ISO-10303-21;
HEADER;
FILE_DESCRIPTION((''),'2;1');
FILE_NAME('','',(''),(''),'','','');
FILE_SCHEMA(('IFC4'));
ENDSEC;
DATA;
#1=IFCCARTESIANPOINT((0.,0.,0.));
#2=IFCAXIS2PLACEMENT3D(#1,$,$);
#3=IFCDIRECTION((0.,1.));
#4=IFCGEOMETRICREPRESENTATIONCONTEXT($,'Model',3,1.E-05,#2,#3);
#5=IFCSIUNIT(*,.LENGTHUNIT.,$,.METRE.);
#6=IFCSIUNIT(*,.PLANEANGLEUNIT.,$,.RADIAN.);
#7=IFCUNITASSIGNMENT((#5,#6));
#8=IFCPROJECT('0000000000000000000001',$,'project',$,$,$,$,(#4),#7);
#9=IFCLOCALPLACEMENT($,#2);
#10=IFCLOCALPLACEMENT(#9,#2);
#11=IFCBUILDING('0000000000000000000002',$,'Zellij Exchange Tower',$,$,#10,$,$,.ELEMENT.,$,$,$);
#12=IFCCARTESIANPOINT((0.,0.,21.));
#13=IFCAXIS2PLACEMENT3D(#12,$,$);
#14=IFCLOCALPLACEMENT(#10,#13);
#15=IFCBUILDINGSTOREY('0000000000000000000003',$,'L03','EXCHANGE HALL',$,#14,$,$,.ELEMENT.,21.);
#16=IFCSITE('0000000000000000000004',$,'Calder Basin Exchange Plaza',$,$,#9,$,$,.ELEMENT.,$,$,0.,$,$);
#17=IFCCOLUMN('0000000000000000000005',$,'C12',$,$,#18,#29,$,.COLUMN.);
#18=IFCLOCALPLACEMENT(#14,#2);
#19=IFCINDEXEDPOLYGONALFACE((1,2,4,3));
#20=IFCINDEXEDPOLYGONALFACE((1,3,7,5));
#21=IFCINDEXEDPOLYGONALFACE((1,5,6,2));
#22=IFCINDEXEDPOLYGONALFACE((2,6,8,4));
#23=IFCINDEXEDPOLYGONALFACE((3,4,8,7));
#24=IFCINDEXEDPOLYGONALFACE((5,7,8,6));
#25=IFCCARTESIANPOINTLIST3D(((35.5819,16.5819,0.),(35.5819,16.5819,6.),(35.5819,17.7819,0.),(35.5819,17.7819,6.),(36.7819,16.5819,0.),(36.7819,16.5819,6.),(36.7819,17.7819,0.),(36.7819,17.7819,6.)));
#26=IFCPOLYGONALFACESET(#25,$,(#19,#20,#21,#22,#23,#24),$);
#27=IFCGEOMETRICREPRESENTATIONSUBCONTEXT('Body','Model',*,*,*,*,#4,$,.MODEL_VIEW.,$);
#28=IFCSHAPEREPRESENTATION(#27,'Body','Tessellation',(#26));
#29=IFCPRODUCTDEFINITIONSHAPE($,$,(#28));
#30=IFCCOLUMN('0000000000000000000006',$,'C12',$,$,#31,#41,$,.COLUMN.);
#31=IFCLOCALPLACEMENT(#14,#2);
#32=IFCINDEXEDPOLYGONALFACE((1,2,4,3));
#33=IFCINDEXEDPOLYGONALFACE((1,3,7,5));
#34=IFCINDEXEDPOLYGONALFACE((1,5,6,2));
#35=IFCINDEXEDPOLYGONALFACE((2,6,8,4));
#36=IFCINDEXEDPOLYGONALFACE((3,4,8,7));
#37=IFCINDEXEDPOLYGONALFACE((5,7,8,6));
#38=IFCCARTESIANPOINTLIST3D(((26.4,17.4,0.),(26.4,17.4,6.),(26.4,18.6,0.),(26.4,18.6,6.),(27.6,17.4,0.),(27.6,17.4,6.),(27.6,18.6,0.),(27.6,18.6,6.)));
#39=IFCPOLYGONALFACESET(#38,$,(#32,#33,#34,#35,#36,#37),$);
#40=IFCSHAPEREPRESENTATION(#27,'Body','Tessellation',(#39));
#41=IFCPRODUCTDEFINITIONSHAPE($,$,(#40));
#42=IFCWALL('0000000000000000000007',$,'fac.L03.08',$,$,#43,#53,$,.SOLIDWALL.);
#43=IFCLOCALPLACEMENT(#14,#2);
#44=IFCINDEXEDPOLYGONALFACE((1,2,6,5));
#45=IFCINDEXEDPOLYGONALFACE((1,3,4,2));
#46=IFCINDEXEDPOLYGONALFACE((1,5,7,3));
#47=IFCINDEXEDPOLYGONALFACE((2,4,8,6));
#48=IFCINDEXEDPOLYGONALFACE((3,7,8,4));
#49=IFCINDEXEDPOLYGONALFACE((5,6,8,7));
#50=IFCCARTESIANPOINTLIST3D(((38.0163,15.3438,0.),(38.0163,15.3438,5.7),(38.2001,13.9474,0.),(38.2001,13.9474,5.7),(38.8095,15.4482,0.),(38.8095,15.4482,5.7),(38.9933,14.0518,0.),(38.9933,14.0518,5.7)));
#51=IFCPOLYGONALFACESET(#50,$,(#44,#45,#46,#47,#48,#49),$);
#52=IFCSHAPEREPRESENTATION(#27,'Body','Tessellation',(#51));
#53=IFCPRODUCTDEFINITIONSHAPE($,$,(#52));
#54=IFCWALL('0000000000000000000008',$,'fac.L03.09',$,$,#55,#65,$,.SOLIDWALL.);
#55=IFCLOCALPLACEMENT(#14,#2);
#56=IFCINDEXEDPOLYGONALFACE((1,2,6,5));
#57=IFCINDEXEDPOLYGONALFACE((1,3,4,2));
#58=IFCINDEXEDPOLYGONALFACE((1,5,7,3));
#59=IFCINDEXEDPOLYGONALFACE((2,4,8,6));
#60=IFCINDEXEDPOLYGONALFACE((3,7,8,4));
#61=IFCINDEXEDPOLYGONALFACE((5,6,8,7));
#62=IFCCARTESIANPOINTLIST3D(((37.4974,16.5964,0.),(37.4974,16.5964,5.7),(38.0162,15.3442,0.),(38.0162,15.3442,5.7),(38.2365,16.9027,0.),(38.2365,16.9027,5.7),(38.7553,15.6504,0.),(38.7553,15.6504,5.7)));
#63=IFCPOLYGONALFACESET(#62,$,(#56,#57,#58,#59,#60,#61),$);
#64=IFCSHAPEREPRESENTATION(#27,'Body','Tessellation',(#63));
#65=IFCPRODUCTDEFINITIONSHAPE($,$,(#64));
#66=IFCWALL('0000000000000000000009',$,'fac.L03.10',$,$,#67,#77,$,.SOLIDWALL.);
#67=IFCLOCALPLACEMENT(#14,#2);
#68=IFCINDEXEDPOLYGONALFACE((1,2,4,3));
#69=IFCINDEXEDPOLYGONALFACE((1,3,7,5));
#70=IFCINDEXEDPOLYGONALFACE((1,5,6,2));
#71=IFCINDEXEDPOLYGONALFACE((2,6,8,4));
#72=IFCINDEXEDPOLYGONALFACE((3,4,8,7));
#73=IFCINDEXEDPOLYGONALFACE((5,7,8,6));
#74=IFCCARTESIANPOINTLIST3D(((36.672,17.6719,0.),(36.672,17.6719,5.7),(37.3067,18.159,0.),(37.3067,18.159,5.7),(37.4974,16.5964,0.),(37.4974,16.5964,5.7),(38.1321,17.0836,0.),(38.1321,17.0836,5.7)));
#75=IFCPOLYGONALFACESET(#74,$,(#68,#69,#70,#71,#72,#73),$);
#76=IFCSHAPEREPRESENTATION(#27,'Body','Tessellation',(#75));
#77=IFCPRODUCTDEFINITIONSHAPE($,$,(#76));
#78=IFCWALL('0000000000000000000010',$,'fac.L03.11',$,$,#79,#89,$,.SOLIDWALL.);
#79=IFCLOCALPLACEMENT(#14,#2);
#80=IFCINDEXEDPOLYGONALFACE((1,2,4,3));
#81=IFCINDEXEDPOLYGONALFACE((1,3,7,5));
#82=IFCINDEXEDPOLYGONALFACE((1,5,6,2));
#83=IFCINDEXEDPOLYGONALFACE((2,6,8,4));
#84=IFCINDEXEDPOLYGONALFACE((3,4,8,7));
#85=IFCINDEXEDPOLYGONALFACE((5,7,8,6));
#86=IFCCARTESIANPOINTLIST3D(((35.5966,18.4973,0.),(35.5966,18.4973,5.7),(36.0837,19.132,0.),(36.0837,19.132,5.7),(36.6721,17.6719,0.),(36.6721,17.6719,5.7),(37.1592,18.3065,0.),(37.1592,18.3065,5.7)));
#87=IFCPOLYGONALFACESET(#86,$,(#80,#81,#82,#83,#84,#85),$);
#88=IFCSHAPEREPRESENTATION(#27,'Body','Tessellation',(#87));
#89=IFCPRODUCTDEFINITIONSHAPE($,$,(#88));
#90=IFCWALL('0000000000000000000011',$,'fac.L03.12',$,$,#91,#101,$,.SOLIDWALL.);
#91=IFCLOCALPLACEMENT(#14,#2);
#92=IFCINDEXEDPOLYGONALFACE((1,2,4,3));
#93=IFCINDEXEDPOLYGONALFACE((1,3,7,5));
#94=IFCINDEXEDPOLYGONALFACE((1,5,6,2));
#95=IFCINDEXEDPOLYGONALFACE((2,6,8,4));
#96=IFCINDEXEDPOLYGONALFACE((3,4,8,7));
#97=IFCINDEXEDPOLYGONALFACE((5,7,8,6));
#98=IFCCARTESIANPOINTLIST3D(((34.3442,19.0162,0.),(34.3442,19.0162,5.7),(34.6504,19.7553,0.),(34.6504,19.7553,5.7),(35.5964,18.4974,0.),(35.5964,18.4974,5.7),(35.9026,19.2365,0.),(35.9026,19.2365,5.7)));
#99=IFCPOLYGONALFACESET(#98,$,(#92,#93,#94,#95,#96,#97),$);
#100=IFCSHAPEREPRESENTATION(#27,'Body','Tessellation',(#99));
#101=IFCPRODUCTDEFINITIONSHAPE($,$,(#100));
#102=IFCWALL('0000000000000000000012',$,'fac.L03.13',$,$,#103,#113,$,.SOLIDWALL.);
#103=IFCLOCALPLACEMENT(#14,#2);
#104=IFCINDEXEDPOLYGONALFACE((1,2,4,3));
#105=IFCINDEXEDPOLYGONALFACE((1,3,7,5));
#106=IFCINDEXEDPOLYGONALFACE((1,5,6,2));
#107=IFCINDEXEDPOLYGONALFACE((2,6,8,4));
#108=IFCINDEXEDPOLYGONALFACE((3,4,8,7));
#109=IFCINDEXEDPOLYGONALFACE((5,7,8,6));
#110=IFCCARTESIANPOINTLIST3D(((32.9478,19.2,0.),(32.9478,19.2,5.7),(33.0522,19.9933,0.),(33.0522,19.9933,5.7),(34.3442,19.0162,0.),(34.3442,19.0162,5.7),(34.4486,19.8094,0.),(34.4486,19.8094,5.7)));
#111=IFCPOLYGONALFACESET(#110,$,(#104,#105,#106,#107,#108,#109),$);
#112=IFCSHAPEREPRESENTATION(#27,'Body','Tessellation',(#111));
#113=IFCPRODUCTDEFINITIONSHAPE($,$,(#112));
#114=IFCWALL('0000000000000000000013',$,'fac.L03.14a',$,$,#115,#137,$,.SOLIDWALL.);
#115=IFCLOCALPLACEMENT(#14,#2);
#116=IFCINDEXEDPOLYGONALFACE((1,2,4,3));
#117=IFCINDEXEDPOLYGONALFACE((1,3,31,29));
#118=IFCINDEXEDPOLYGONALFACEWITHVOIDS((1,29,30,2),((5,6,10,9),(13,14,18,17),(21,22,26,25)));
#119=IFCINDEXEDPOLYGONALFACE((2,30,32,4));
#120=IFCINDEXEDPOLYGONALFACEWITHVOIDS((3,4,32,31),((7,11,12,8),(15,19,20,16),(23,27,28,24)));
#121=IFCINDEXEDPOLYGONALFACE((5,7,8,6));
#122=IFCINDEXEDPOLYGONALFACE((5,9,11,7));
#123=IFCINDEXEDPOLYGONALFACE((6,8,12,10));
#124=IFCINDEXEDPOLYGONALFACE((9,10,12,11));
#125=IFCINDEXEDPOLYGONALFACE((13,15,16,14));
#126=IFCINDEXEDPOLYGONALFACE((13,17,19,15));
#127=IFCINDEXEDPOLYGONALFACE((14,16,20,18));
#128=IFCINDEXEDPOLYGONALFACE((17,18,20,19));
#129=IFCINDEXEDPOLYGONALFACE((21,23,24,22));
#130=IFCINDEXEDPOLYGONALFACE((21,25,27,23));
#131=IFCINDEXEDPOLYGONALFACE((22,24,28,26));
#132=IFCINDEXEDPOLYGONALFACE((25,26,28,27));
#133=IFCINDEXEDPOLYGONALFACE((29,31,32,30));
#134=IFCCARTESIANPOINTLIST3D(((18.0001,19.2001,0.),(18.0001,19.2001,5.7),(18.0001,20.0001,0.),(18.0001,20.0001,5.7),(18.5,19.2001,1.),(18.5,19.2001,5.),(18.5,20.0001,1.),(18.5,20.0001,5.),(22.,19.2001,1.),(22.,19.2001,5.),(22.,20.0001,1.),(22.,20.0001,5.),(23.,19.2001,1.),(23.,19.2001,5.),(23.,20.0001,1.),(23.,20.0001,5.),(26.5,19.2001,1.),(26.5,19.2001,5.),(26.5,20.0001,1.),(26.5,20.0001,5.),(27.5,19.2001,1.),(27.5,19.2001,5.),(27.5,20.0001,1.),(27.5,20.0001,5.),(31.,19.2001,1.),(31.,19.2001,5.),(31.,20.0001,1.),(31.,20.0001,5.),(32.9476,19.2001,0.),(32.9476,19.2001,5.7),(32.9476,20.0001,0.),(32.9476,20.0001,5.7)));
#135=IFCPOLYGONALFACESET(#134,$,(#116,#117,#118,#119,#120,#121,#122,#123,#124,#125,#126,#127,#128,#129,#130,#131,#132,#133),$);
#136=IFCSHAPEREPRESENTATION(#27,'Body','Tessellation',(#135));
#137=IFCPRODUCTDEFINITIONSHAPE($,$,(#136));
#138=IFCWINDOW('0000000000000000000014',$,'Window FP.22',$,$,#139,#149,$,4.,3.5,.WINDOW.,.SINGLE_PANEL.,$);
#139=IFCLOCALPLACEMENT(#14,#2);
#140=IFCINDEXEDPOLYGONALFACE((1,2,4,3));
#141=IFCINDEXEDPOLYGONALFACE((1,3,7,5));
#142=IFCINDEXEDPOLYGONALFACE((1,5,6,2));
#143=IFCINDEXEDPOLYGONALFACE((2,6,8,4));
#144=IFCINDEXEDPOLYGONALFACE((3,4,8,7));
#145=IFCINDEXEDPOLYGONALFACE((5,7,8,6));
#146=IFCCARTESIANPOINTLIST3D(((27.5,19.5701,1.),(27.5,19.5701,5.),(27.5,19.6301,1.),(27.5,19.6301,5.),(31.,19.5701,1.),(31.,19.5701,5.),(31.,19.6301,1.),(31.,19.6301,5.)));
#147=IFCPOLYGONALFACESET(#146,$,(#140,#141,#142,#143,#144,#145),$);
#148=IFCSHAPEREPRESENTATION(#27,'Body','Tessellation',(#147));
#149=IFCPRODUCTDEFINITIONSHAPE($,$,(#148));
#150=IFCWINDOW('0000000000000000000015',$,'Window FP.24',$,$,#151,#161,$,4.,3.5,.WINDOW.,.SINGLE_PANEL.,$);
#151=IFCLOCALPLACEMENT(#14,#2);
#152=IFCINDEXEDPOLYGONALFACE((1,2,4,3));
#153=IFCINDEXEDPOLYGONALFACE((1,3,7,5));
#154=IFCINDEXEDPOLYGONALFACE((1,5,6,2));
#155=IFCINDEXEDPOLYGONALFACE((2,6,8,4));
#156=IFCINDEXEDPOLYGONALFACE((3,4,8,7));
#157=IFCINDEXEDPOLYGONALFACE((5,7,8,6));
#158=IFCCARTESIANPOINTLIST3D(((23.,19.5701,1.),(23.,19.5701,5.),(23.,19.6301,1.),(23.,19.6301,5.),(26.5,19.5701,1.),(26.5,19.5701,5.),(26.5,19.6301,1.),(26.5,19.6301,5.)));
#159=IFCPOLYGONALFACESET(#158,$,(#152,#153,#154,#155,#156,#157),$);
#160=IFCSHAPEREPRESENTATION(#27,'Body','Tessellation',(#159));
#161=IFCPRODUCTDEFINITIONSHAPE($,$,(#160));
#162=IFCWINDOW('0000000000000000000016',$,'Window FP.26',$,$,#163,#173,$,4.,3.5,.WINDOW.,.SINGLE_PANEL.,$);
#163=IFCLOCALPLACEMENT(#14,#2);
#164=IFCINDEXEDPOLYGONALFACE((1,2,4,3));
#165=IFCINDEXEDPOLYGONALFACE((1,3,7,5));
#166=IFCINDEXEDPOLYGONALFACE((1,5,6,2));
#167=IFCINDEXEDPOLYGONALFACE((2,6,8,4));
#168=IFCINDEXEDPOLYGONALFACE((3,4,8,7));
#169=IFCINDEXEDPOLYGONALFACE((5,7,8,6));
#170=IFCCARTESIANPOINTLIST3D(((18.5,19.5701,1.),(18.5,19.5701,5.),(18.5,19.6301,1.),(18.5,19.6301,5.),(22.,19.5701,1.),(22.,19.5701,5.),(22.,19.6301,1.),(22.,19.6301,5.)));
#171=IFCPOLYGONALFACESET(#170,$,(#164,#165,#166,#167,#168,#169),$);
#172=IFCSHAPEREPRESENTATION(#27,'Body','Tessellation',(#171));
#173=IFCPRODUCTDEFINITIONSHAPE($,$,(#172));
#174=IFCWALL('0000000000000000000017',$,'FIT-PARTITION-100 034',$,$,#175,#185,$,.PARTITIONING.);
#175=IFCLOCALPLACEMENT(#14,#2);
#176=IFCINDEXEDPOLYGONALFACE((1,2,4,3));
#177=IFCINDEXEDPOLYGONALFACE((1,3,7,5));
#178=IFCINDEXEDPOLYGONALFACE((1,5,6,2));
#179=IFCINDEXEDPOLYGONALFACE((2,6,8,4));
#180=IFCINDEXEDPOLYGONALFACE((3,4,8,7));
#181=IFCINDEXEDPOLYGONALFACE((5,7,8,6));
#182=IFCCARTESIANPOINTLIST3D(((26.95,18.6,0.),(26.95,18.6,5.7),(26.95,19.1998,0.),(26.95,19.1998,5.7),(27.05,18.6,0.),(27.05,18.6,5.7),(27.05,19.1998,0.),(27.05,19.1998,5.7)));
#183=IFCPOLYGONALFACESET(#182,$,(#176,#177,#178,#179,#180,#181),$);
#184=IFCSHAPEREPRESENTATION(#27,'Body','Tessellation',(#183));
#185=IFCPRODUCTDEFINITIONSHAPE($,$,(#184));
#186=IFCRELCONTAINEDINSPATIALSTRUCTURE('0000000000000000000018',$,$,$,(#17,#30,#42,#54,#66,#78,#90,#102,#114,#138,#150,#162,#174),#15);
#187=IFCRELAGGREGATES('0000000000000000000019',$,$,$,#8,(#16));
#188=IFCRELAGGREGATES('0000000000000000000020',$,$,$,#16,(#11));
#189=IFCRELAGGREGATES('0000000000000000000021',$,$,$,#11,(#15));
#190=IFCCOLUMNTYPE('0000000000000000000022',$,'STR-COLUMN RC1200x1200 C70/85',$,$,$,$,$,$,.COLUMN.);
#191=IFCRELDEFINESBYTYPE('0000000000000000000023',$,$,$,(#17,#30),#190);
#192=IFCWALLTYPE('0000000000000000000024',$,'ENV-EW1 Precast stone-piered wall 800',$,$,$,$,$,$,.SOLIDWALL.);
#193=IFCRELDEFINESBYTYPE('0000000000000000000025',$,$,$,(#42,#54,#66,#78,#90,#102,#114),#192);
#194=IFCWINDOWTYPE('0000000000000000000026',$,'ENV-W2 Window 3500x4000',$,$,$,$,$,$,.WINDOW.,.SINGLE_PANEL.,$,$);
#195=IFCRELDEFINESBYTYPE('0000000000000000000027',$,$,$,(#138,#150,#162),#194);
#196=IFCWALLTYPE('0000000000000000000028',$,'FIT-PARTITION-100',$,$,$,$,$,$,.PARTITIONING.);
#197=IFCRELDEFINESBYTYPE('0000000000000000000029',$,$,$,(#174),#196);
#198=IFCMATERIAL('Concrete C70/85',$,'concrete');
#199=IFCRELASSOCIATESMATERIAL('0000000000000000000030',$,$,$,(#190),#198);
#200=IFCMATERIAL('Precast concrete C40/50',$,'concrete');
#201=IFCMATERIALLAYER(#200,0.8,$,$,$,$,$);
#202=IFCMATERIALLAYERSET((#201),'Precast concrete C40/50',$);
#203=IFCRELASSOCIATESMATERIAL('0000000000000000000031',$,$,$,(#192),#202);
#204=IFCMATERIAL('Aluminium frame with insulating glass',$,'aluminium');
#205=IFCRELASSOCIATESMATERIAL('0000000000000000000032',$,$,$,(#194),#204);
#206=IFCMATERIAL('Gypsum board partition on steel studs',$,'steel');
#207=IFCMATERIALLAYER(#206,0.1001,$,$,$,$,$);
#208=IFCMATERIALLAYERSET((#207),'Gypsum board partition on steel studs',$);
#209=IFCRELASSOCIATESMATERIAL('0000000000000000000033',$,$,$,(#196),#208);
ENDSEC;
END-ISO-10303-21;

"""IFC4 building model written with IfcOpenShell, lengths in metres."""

from ifc_helpers import new_model, si_unit, direction, frame, frame_2d, origin, origin_2d, place, context, subcontext, project, spatial, rectangle, extrude, material, layer, layer_set, material_profile, profile_set, type_object, element, fill, save


model = new_model("IFC4")

# Units and contexts
model_context = context("Model", 3, precision=1e-05, world=origin(), true_north=direction((0.0, 1.0)))
body_context = subcontext(model_context, "Body", "Model", "MODEL_VIEW")
ifc_project = project(units=[si_unit("LENGTHUNIT", "METRE"), si_unit("PLANEANGLEUNIT", "RADIAN")], contexts=[model_context])

# Site, building, storey
site_placement = place(None, origin())
site = spatial("IfcSite", under=ifc_project, at=site_placement, Name="Calder Basin Exchange Plaza", CompositionType="ELEMENT", RefElevation=0.0)
building_placement = place(site_placement, origin())
building = spatial("IfcBuilding", under=site, at=building_placement, Name="Zellij Exchange Tower", CompositionType="ELEMENT")
storey_placement = place(building_placement, frame((0.0, 0.0, 21.0)))
storey = spatial("IfcBuildingStorey", under=building, at=storey_placement, Name="L03", Description="EXCHANGE HALL", CompositionType="ELEMENT", Elevation=21.0)

# Columns
ifc_material_1 = material(Name="Concrete C70/85", Category="concrete")
ifc_material_profile = material_profile(ifc_material_1, rectangle(XDim=1.2, YDim=1.2, at=origin_2d()), Name="STR-COLUMN RC1200x1200 C70/85")
ifc_profile_set = profile_set([ifc_material_profile], Name="Concrete C70/85")
column_type = type_object("IfcColumnType", Name="STR-COLUMN RC1200x1200 C70/85", PredefinedType="COLUMN", material=ifc_profile_set)
for number, where, z_axis, x_axis, name in (
    (1, (36.1819, 17.1819, 0.0), (0.0, 0.0, 1.0), (1.0, 0.0, 0.0), "C12"),
    (2, (27.0, 18.0, 0.0), (0.0, 0.0, 1.0), (1.0, 0.0, 0.0), "C12"),
):
    element("IfcColumn", number, at=place(storey_placement, frame(where, z_axis=z_axis, x_axis=x_axis)), inside=storey, type_object=column_type, Name=name, PredefinedType="COLUMN", context=body_context, shape_type="SweptSolid", body=[
        extrude(rectangle(XDim=1.2, YDim=1.2, at=origin_2d()), origin(), (0.0, 0.0, 1.0), 6.0),
    ])

# Walls
ifc_material_2 = material(Name="Precast concrete C40/50", Category="concrete")
ifc_layer_1 = layer(ifc_material_2, 0.8)
ifc_layer_set_1 = layer_set([ifc_layer_1], Name="Precast concrete C40/50")
wall_type_1 = type_object("IfcWallType", Name="ENV-EW1 Precast stone-piered wall 800", PredefinedType="SOLIDWALL", material=ifc_layer_set_1)
wall_1_placement = place(storey_placement, frame((38.5967, 13.9998, 0.0), z_axis=(0.0, 0.0, 1.0), x_axis=(-0.130517, 0.991446, 0.0)))
element("IfcWall", 3, at=wall_1_placement, inside=storey, type_object=wall_type_1, Name="fac.L03.08", PredefinedType="SOLIDWALL", context=body_context, shape_type="SweptSolid", body=[
    extrude(rectangle(XDim=1.4084, YDim=0.8, at=frame_2d((0.7041, 0.0))), origin(), (0.0, 0.0, 1.0), 5.7),
])
wall_2_placement = place(storey_placement, frame((38.3857, 15.4973, 0.0), z_axis=(0.0, 0.0, 1.0), x_axis=(-0.38276, 0.923848, 0.0)))
element("IfcWall", 4, at=wall_2_placement, inside=storey, type_object=wall_type_1, Name="fac.L03.09", PredefinedType="SOLIDWALL", context=body_context, shape_type="SweptSolid", body=[
    extrude(rectangle(XDim=1.3555, YDim=0.8, at=frame_2d((0.6777, 0.0))), origin(), (0.0, 0.0, 1.0), 5.7),
])
for number, where, z_axis, x_axis, name in (
    (5, (37.8147, 16.8401, 0.0), (0.0, 0.0, 1.0), (-0.608866, 0.793273, 0.0), "fac.L03.10"),
    (6, (36.9155, 17.9893, 0.0), (0.0, 0.0, 1.0), (-0.793273, 0.608866, 0.0), "fac.L03.11"),
):
    element("IfcWall", number, at=place(storey_placement, frame(where, z_axis=z_axis, x_axis=x_axis)), inside=storey, type_object=wall_type_1, Name=name, PredefinedType="SOLIDWALL", context=body_context, shape_type="SweptSolid", body=[
        extrude(rectangle(XDim=1.3557, YDim=0.8, at=frame_2d((0.6777, 0.0))), origin(), (0.0, 0.0, 1.0), 5.7),
    ])
wall_3_placement = place(storey_placement, frame((35.7495, 18.8669, 0.0), z_axis=(0.0, 0.0, 1.0), x_axis=(-0.923848, 0.38276, 0.0)))
element("IfcWall", 7, at=wall_3_placement, inside=storey, type_object=wall_type_1, Name="fac.L03.12", PredefinedType="SOLIDWALL", context=body_context, shape_type="SweptSolid", body=[
    extrude(rectangle(XDim=1.3555, YDim=0.8, at=frame_2d((0.6777, 0.0))), origin(), (0.0, 0.0, 1.0), 5.7),
])
wall_4_placement = place(storey_placement, frame((34.3962, 19.4128, 0.0), z_axis=(0.0, 0.0, 1.0), x_axis=(-0.991446, 0.130517, 0.0)))
element("IfcWall", 8, at=wall_4_placement, inside=storey, type_object=wall_type_1, Name="fac.L03.13", PredefinedType="SOLIDWALL", context=body_context, shape_type="SweptSolid", body=[
    extrude(rectangle(XDim=1.4084, YDim=0.8, at=frame_2d((0.7041, 0.0))), origin(), (0.0, 0.0, 1.0), 5.7),
])

# Wall, openings, windows
wall_5_placement = place(storey_placement, frame((32.9475, 19.6001, 0.0), z_axis=(0.0, 0.0, 1.0), x_axis=(-1.0, 0.0, 0.0)))
wall_5 = element("IfcWall", 9, at=wall_5_placement, inside=storey, type_object=wall_type_1, Name="fac.L03.14a", PredefinedType="SOLIDWALL", context=body_context, shape_type="SweptSolid", body=[
    extrude(rectangle(XDim=14.9475, YDim=0.8, at=frame_2d((7.4736, 0.0))), origin(), (0.0, 0.0, 1.0), 5.7),
])
opening_1_placement = place(wall_5_placement, frame((1.9475, 0.0, 1.0)))
opening_1 = element("IfcOpeningElement", 10, at=opening_1_placement, cuts=wall_5, PredefinedType="OPENING", context=body_context, shape_type="SweptSolid", body=[
    extrude(rectangle(XDim=3.5, YDim=4.0, at=frame_2d((1.75, 2.0))), frame((0.0, 0.4121, 0.0), z_axis=(0.0, -1.0, 0.0), x_axis=(1.0, 0.0, 0.0)), (0.0, 0.0, 1.0), 0.824),
])
opening_2_placement = place(wall_5_placement, frame((6.4475, 0.0, 1.0)))
opening_2 = element("IfcOpeningElement", 11, at=opening_2_placement, cuts=wall_5, PredefinedType="OPENING", context=body_context, shape_type="SweptSolid", body=[
    extrude(rectangle(XDim=3.5, YDim=4.0, at=frame_2d((1.75, 2.0))), frame((0.0, 0.4121, 0.0), z_axis=(0.0, -1.0, 0.0), x_axis=(1.0, 0.0, 0.0)), (0.0, 0.0, 1.0), 0.824),
])
opening_3_placement = place(wall_5_placement, frame((10.9475, 0.0, 1.0)))
opening_3 = element("IfcOpeningElement", 12, at=opening_3_placement, cuts=wall_5, PredefinedType="OPENING", context=body_context, shape_type="SweptSolid", body=[
    extrude(rectangle(XDim=3.5, YDim=4.0, at=frame_2d((1.75, 2.0))), frame((0.0, 0.4121, 0.0), z_axis=(0.0, -1.0, 0.0), x_axis=(1.0, 0.0, 0.0)), (0.0, 0.0, 1.0), 0.824),
])
ifc_material_3 = material(Name="Aluminium frame with insulating glass", Category="aluminium")
window_type = type_object("IfcWindowType", Name="ENV-W2 Window 3500x4000", PartitioningType="SINGLE_PANEL", PredefinedType="WINDOW", material=ifc_material_3)
window_1_placement = place(opening_1_placement, origin())
window_1 = element("IfcWindow", 13, at=window_1_placement, inside=storey, type_object=window_type, Name="Window FP.22", OverallHeight=4.0, OverallWidth=3.5, PartitioningType="SINGLE_PANEL", PredefinedType="WINDOW", context=body_context, shape_type="SweptSolid", body=[
    extrude(rectangle(XDim=3.5, YDim=4.0, at=frame_2d((1.75, 2.0))), frame((0.0, 0.03, 0.0), z_axis=(0.0, -1.0, 0.0), x_axis=(1.0, 0.0, 0.0)), (0.0, 0.0, 1.0), 0.0601),
])
fill(opening_1, window_1)
window_2_placement = place(opening_2_placement, origin())
window_2 = element("IfcWindow", 14, at=window_2_placement, inside=storey, type_object=window_type, Name="Window FP.24", OverallHeight=4.0, OverallWidth=3.5, PartitioningType="SINGLE_PANEL", PredefinedType="WINDOW", context=body_context, shape_type="SweptSolid", body=[
    extrude(rectangle(XDim=3.5, YDim=4.0, at=frame_2d((1.75, 2.0))), frame((0.0, 0.03, 0.0), z_axis=(0.0, -1.0, 0.0), x_axis=(1.0, 0.0, 0.0)), (0.0, 0.0, 1.0), 0.0601),
])
fill(opening_2, window_2)
window_3_placement = place(opening_3_placement, origin())
window_3 = element("IfcWindow", 15, at=window_3_placement, inside=storey, type_object=window_type, Name="Window FP.26", OverallHeight=4.0, OverallWidth=3.5, PartitioningType="SINGLE_PANEL", PredefinedType="WINDOW", context=body_context, shape_type="SweptSolid", body=[
    extrude(rectangle(XDim=3.5, YDim=4.0, at=frame_2d((1.75, 2.0))), frame((0.0, 0.03, 0.0), z_axis=(0.0, -1.0, 0.0), x_axis=(1.0, 0.0, 0.0)), (0.0, 0.0, 1.0), 0.0601),
])
fill(opening_3, window_3)

# Wall
ifc_material_4 = material(Name="Gypsum board partition on steel studs", Category="steel")
ifc_layer_2 = layer(ifc_material_4, 0.1001)
ifc_layer_set_2 = layer_set([ifc_layer_2], Name="Gypsum board partition on steel studs")
wall_type_2 = type_object("IfcWallType", Name="FIT-PARTITION-100", PredefinedType="PARTITIONING", material=ifc_layer_set_2)
wall_6_placement = place(storey_placement, frame((27.0, 18.6001, 0.0), z_axis=(0.0, 0.0, 1.0), x_axis=(0.0, 1.0, 0.0)))
element("IfcWall", 16, at=wall_6_placement, inside=storey, type_object=wall_type_2, Name="FIT-PARTITION-100 034", PredefinedType="PARTITIONING", context=body_context, shape_type="SweptSolid", body=[
    extrude(rectangle(XDim=0.5999, YDim=0.1001, at=frame_2d((0.2998, 0.0))), origin(), (0.0, 0.0, 1.0), 5.7),
])

save(model, "model.ifc")
